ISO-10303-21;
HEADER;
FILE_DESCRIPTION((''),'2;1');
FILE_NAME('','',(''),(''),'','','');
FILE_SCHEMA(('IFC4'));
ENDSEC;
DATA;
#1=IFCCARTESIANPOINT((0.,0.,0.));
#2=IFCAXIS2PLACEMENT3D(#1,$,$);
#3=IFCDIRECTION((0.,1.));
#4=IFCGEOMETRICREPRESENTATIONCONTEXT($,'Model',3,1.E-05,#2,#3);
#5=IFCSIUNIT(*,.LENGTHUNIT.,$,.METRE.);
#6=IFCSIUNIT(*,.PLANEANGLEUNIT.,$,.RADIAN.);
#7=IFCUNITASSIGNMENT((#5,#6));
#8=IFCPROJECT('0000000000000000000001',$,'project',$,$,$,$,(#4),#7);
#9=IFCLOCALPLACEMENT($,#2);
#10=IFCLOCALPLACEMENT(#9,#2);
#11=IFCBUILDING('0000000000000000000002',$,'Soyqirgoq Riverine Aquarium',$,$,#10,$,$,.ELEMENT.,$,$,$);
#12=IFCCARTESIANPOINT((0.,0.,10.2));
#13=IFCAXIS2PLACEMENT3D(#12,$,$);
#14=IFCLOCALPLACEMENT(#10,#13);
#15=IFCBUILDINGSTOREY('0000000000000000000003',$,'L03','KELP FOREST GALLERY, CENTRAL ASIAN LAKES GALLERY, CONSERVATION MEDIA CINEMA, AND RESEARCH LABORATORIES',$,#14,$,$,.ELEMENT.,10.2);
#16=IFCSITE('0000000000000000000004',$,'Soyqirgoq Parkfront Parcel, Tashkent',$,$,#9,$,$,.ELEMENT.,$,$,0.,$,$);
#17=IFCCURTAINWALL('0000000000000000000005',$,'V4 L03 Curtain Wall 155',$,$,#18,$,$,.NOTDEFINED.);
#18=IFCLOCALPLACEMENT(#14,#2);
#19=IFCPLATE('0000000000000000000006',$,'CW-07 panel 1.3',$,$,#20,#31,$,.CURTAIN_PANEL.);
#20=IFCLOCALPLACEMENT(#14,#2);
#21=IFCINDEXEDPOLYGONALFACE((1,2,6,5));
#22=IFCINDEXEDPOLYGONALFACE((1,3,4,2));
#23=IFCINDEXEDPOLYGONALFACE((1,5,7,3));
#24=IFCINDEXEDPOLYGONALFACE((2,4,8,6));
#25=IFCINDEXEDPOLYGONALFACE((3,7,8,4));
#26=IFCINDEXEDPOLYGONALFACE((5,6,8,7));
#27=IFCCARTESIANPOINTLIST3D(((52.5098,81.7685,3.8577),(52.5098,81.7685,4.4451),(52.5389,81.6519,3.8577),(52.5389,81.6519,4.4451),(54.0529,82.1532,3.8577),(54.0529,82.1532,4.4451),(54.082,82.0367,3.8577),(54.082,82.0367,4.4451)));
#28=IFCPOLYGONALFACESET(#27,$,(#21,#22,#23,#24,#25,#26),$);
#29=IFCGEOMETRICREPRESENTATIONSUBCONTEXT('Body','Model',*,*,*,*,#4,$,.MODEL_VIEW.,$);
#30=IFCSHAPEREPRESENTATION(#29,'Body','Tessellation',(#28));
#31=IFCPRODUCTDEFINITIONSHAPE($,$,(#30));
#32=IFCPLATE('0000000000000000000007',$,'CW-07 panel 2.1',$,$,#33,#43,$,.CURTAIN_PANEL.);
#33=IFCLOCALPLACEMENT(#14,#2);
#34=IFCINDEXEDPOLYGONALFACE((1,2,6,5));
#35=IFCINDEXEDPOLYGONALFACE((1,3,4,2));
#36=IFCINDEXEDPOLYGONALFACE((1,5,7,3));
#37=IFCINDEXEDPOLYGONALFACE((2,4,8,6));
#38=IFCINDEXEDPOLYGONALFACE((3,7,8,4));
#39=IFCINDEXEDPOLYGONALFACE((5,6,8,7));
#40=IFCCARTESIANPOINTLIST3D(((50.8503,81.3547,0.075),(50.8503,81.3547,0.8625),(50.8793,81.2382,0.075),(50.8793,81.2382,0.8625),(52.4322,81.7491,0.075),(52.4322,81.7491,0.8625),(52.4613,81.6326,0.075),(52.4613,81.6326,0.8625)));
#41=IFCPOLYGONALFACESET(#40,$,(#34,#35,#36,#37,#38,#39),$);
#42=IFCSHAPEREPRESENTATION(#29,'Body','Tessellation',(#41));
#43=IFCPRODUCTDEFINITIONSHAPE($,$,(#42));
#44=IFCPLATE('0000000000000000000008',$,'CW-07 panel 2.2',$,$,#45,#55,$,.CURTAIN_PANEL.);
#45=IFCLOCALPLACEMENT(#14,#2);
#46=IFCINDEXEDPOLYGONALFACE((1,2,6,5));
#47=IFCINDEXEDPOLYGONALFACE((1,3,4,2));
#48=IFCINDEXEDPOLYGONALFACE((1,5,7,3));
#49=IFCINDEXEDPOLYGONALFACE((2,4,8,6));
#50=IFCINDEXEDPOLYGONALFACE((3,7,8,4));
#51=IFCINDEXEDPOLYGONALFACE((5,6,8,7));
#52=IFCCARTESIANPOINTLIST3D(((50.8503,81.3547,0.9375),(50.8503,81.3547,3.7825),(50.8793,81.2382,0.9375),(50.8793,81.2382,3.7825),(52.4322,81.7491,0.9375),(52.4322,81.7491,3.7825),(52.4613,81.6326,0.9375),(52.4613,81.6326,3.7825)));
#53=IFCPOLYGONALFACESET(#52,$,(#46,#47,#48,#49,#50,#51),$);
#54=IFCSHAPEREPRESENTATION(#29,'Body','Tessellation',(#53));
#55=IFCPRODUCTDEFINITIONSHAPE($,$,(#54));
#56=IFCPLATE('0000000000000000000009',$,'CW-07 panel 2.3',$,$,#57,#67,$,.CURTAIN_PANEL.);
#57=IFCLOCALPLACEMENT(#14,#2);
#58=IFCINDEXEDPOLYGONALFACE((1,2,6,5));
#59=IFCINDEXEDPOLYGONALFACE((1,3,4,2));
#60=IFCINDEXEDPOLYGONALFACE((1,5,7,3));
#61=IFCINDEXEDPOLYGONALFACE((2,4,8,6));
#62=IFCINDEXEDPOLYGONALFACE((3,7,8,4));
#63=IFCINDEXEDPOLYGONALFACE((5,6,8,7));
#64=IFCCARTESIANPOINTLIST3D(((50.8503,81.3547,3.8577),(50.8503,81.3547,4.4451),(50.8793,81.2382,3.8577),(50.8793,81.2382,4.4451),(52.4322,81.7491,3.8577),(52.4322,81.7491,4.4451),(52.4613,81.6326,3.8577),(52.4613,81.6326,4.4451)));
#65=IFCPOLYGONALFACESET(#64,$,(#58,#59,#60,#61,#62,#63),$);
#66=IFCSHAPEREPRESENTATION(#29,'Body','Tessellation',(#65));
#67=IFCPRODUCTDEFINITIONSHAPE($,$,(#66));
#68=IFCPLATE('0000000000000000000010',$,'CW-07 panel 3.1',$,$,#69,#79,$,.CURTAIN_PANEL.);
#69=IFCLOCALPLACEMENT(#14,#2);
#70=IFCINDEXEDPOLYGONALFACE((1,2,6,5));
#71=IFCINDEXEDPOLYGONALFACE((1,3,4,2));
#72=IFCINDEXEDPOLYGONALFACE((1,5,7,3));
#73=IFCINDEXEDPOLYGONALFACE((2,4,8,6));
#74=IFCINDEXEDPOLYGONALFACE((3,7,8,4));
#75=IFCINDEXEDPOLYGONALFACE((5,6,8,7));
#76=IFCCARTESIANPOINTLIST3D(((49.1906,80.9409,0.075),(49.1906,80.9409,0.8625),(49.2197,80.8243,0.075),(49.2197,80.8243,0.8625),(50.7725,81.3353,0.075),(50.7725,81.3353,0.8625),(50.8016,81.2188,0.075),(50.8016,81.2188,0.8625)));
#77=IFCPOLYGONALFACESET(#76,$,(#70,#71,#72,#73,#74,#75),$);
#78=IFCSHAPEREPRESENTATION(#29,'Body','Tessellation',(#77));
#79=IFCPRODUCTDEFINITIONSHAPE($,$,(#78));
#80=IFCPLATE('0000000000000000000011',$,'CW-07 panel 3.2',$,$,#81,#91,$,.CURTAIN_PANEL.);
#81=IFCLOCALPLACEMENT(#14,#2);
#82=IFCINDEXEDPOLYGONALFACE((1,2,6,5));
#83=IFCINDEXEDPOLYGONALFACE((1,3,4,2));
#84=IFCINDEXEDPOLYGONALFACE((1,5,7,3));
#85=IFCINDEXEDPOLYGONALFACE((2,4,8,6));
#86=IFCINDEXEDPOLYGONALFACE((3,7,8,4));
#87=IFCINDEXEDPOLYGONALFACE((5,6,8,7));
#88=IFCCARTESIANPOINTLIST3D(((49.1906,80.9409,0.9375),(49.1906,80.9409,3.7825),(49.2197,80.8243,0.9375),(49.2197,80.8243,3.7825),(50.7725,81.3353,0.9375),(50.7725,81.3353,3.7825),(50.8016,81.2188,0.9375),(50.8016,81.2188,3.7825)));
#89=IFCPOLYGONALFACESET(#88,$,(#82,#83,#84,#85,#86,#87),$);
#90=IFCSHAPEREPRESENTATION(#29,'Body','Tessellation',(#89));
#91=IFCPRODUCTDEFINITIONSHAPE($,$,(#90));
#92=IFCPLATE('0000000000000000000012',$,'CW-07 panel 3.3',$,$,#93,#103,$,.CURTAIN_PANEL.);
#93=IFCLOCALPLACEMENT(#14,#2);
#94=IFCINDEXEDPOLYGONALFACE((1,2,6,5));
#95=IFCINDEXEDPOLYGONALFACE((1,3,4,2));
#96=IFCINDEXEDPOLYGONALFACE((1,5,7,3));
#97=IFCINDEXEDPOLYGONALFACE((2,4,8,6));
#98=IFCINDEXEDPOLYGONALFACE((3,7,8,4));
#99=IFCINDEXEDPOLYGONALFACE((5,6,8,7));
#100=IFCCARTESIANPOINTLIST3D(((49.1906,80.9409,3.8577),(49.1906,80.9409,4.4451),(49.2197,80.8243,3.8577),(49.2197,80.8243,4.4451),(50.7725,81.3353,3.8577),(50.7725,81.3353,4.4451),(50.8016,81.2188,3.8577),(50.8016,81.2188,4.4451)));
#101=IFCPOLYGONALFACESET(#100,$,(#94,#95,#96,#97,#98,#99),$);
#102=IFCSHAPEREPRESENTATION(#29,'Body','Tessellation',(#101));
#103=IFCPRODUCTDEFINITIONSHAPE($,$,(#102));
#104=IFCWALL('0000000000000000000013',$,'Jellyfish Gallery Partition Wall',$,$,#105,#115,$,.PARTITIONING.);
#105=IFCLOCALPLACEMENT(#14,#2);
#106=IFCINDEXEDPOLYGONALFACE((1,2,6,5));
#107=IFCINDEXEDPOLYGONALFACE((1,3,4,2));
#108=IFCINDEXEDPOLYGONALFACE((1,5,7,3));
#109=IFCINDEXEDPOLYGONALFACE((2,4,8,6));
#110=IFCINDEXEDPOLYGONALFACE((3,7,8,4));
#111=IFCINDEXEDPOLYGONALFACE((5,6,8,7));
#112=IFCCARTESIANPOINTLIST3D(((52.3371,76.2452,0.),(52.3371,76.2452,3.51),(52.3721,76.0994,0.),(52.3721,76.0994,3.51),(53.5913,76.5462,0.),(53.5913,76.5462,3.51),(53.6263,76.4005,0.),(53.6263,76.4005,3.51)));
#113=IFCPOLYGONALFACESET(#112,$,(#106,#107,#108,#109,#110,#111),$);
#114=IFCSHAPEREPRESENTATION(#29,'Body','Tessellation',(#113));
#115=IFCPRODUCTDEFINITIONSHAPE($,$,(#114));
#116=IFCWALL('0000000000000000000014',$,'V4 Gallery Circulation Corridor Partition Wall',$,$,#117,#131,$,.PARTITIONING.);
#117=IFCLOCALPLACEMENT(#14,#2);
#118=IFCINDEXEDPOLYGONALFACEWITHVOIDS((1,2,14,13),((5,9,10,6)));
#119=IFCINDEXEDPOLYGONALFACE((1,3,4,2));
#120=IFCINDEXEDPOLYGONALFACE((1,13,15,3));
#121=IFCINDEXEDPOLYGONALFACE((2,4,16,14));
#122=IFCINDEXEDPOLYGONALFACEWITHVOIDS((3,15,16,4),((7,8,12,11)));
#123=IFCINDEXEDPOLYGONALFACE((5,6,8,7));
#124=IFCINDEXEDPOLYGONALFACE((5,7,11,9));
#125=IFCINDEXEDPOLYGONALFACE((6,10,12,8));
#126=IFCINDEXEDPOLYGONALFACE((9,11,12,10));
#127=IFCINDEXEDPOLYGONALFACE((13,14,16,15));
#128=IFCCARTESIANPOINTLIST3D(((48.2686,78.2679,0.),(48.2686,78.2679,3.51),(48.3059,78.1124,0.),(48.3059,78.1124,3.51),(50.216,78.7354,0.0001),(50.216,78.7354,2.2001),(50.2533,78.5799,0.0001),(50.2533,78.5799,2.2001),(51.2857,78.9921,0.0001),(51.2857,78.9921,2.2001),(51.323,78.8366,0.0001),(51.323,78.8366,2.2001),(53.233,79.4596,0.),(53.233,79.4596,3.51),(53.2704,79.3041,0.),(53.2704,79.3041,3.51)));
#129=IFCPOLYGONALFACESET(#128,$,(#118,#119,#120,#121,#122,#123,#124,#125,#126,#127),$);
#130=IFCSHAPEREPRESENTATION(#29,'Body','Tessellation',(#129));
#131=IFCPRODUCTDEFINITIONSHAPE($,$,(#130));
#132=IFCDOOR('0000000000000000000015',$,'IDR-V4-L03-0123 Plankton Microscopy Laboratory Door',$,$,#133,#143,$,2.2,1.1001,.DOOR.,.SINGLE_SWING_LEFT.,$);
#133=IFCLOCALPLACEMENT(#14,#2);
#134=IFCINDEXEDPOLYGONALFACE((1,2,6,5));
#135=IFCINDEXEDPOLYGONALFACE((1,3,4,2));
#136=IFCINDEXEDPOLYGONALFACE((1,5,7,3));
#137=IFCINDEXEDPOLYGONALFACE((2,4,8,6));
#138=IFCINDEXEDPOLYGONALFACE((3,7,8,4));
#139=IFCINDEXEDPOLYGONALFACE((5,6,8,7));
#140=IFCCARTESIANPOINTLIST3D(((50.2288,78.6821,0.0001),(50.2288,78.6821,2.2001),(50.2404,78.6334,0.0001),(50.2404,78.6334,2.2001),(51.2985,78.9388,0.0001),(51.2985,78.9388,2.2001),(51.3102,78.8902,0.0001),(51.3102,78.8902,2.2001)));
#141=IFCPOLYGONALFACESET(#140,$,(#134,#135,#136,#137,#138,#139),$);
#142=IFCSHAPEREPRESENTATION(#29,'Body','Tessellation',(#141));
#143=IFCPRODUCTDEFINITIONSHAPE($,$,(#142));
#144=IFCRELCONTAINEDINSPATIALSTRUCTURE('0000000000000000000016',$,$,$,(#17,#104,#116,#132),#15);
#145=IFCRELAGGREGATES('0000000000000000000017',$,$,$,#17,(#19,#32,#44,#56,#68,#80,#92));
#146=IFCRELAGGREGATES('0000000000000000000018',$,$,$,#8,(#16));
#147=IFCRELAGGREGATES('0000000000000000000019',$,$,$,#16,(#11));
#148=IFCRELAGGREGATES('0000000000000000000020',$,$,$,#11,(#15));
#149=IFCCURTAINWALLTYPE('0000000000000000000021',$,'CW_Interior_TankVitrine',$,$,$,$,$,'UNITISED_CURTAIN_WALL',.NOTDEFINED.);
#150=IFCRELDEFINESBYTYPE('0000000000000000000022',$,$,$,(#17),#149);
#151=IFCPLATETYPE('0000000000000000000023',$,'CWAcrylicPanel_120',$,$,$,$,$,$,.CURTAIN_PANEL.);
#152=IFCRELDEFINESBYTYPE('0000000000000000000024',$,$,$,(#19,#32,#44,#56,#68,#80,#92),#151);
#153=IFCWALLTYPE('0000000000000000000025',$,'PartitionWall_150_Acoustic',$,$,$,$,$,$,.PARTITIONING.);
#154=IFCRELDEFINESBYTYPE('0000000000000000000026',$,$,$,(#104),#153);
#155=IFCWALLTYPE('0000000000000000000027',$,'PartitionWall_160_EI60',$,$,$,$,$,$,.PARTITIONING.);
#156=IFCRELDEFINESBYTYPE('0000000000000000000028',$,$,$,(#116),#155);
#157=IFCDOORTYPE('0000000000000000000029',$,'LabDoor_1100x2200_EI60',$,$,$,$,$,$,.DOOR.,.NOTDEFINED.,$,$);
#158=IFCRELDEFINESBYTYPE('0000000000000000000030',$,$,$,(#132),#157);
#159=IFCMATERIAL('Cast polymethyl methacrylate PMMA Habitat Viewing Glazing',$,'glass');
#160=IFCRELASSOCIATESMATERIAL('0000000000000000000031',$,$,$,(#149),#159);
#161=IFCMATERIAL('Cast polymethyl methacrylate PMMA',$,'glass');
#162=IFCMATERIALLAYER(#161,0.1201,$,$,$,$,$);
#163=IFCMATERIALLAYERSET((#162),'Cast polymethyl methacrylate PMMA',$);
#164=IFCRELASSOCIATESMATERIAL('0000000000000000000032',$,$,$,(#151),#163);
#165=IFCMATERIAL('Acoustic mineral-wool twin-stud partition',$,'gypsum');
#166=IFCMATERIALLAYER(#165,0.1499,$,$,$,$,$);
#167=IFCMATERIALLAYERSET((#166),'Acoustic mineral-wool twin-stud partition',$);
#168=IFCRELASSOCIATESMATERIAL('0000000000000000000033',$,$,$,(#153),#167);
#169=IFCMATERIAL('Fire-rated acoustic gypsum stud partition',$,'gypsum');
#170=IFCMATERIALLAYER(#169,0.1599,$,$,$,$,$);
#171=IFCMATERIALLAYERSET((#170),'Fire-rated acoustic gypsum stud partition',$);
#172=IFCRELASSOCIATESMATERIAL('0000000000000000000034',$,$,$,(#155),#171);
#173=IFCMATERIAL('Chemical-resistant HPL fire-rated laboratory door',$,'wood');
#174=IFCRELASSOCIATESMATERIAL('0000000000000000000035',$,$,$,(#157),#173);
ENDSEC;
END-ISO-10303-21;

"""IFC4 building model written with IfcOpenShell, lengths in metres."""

from ifc_helpers import new_model, si_unit, direction, frame, frame_2d, origin, origin_2d, place, context, subcontext, project, spatial, rectangle, extrude, material, layer, layer_set, type_object, element, fill, aggregate, save


model = new_model("IFC4")

# Units and contexts
model_context = context("Model", 3, precision=1e-05, world=origin(), true_north=direction((0.0, 1.0)))
body_context = subcontext(model_context, "Body", "Model", "MODEL_VIEW")
ifc_project = project(units=[si_unit("LENGTHUNIT", "METRE"), si_unit("PLANEANGLEUNIT", "RADIAN")], contexts=[model_context])

# Site, building, storey
site_placement = place(None, origin())
site = spatial("IfcSite", under=ifc_project, at=site_placement, Name="Soyqirgoq Parkfront Parcel, Tashkent", CompositionType="ELEMENT", RefElevation=0.0)
building_placement = place(site_placement, origin())
building = spatial("IfcBuilding", under=site, at=building_placement, Name="Soyqirgoq Riverine Aquarium", CompositionType="ELEMENT")
storey_placement = place(building_placement, frame((0.0, 0.0, 10.2)))
storey = spatial("IfcBuildingStorey", under=building, at=storey_placement, Name="L03", Description="KELP FOREST GALLERY, CENTRAL ASIAN LAKES GALLERY, CONSERVATION MEDIA CINEMA, AND RESEARCH LABORATORIES", CompositionType="ELEMENT", Elevation=10.2)

# Curtain wall
ifc_material_1 = material(Name="Cast polymethyl methacrylate PMMA Habitat Viewing Glazing", Category="glass")
curtain_wall_type = type_object("IfcCurtainWallType", Name="CW_Interior_TankVitrine", ElementType="UNITISED_CURTAIN_WALL", PredefinedType="NOTDEFINED", material=ifc_material_1)
curtain_wall_placement = place(storey_placement, origin())
curtain_wall = element("IfcCurtainWall", 1, at=curtain_wall_placement, inside=storey, type_object=curtain_wall_type, Name="V4 L03 Curtain Wall 155", PredefinedType="NOTDEFINED")

# Plates
ifc_material_2 = material(Name="Cast polymethyl methacrylate PMMA", Category="glass")
ifc_layer_1 = layer(ifc_material_2, 0.1201)
ifc_layer_set_1 = layer_set([ifc_layer_1], Name="Cast polymethyl methacrylate PMMA")
plate_type = type_object("IfcPlateType", Name="CWAcrylicPanel_120", PredefinedType="CURTAIN_PANEL", material=ifc_layer_set_1)
plate_1_placement = place(storey_placement, frame((53.2959, 81.9026, 3.8577), z_axis=(0.0, 0.0, 1.0), x_axis=(-0.970296, -0.241922, 0.0)))
plate_1 = element("IfcPlate", 2, at=plate_1_placement, type_object=plate_type, Name="CW-07 panel 1.3", PredefinedType="CURTAIN_PANEL", context=body_context, shape_type="SweptSolid", body=[
    extrude(rectangle(XDim=1.5903, YDim=0.1201, at=origin_2d()), origin(), (0.0, 0.0, 1.0), 0.5874),
])
plate_2_placement = place(storey_placement, frame((51.6558, 81.4937, 0.075), z_axis=(0.0, 0.0, 1.0), x_axis=(-0.970296, -0.241922, 0.0)))
plate_2 = element("IfcPlate", 3, at=plate_2_placement, type_object=plate_type, Name="CW-07 panel 2.1", PredefinedType="CURTAIN_PANEL", context=body_context, shape_type="SweptSolid", body=[
    extrude(rectangle(XDim=1.6304, YDim=0.1201, at=origin_2d()), origin(), (0.0, 0.0, 1.0), 0.7876),
])
plate_3_placement = place(storey_placement, frame((51.6558, 81.4937, 0.9375), z_axis=(0.0, 0.0, 1.0), x_axis=(-0.970296, -0.241922, 0.0)))
plate_3 = element("IfcPlate", 4, at=plate_3_placement, type_object=plate_type, Name="CW-07 panel 2.2", PredefinedType="CURTAIN_PANEL", context=body_context, shape_type="SweptSolid", body=[
    extrude(rectangle(XDim=1.6304, YDim=0.1201, at=origin_2d()), origin(), (0.0, 0.0, 1.0), 2.845),
])
plate_4_placement = place(storey_placement, frame((51.6558, 81.4937, 3.8577), z_axis=(0.0, 0.0, 1.0), x_axis=(-0.970296, -0.241922, 0.0)))
plate_4 = element("IfcPlate", 5, at=plate_4_placement, type_object=plate_type, Name="CW-07 panel 2.3", PredefinedType="CURTAIN_PANEL", context=body_context, shape_type="SweptSolid", body=[
    extrude(rectangle(XDim=1.6304, YDim=0.1201, at=origin_2d()), origin(), (0.0, 0.0, 1.0), 0.5874),
])
plate_5_placement = place(storey_placement, frame((49.9961, 81.0798, 0.075), z_axis=(0.0, 0.0, 1.0), x_axis=(-0.970296, -0.241922, 0.0)))
plate_5 = element("IfcPlate", 6, at=plate_5_placement, type_object=plate_type, Name="CW-07 panel 3.1", PredefinedType="CURTAIN_PANEL", context=body_context, shape_type="SweptSolid", body=[
    extrude(rectangle(XDim=1.6304, YDim=0.1201, at=origin_2d()), origin(), (0.0, 0.0, 1.0), 0.7876),
])
plate_6_placement = place(storey_placement, frame((49.9961, 81.0798, 0.9375), z_axis=(0.0, 0.0, 1.0), x_axis=(-0.970296, -0.241922, 0.0)))
plate_6 = element("IfcPlate", 7, at=plate_6_placement, type_object=plate_type, Name="CW-07 panel 3.2", PredefinedType="CURTAIN_PANEL", context=body_context, shape_type="SweptSolid", body=[
    extrude(rectangle(XDim=1.6304, YDim=0.1201, at=origin_2d()), origin(), (0.0, 0.0, 1.0), 2.845),
])
plate_7_placement = place(storey_placement, frame((49.9961, 81.0798, 3.8577), z_axis=(0.0, 0.0, 1.0), x_axis=(-0.970296, -0.241922, 0.0)))
plate_7 = element("IfcPlate", 8, at=plate_7_placement, type_object=plate_type, Name="CW-07 panel 3.3", PredefinedType="CURTAIN_PANEL", context=body_context, shape_type="SweptSolid", body=[
    extrude(rectangle(XDim=1.6304, YDim=0.1201, at=origin_2d()), origin(), (0.0, 0.0, 1.0), 0.5874),
])
aggregate(curtain_wall, [plate_1, plate_2, plate_3, plate_4, plate_5, plate_6, plate_7])

# Wall
ifc_material_3 = material(Name="Acoustic mineral-wool twin-stud partition", Category="gypsum")
ifc_layer_2 = layer(ifc_material_3, 0.1499)
ifc_layer_set_2 = layer_set([ifc_layer_2], Name="Acoustic mineral-wool twin-stud partition")
wall_type_1 = type_object("IfcWallType", Name="PartitionWall_150_Acoustic", PredefinedType="PARTITIONING", material=ifc_layer_set_2)
wall_1_placement = place(storey_placement, frame((53.6089, 76.4734, 0.0), z_axis=(0.0, 0.0, 1.0), x_axis=(-0.972382, -0.233394, 0.0)))
element("IfcWall", 9, at=wall_1_placement, inside=storey, type_object=wall_type_1, Name="Jellyfish Gallery Partition Wall", PredefinedType="PARTITIONING", context=body_context, shape_type="SweptSolid", body=[
    extrude(rectangle(XDim=1.2898, YDim=0.1499, at=frame_2d((0.645, 0.0))), origin(), (0.0, 0.0, 1.0), 3.51),
])

# Wall, opening, door
ifc_material_4 = material(Name="Fire-rated acoustic gypsum stud partition", Category="gypsum")
ifc_layer_3 = layer(ifc_material_4, 0.1599)
ifc_layer_set_3 = layer_set([ifc_layer_3], Name="Fire-rated acoustic gypsum stud partition")
wall_type_2 = type_object("IfcWallType", Name="PartitionWall_160_EI60", PredefinedType="PARTITIONING", material=ifc_layer_set_3)
wall_2_placement = place(storey_placement, frame((53.2517, 79.3818, 0.0), z_axis=(0.0, 0.0, 1.0), x_axis=(-0.972378, -0.233411, 0.0)))
wall_2 = element("IfcWall", 10, at=wall_2_placement, inside=storey, type_object=wall_type_2, Name="V4 Gallery Circulation Corridor Partition Wall", PredefinedType="PARTITIONING", context=body_context, shape_type="SweptSolid", body=[
    extrude(rectangle(XDim=5.1055, YDim=0.1599, at=frame_2d((2.5527, 0.0))), origin(), (0.0, 0.0, 1.0), 3.51),
])
opening_placement = place(wall_2_placement, frame((2.0027, 0.0, 0.0)))
opening = element("IfcOpeningElement", 11, at=opening_placement, cuts=wall_2, PredefinedType="OPENING", context=body_context, shape_type="SweptSolid", body=[
    extrude(rectangle(XDim=1.1001, YDim=2.2, at=frame_2d((0.55, 1.1001))), frame((0.0, 0.0898, 0.0), z_axis=(0.0, -1.0, 0.0), x_axis=(1.0, 0.0, 0.0)), (0.0, 0.0, 1.0), 0.1799),
])
ifc_material_5 = material(Name="Chemical-resistant HPL fire-rated laboratory door", Category="wood")
door_type = type_object("IfcDoorType", Name="LabDoor_1100x2200_EI60", OperationType="NOTDEFINED", PredefinedType="DOOR", material=ifc_material_5)
door_placement = place(opening_placement, origin())
door = element("IfcDoor", 12, at=door_placement, inside=storey, type_object=door_type, Name="IDR-V4-L03-0123 Plankton Microscopy Laboratory Door", OperationType="SINGLE_SWING_LEFT", OverallHeight=2.2, OverallWidth=1.1001, PredefinedType="DOOR", context=body_context, shape_type="SweptSolid", body=[
    extrude(rectangle(XDim=1.1001, YDim=2.2, at=frame_2d((0.55, 1.1001))), frame((0.0, 0.0249, 0.0), z_axis=(0.0, -1.0, 0.0), x_axis=(1.0, 0.0, 0.0)), (0.0, 0.0, 1.0), 0.05),
])
fill(opening, door)

save(model, "model.ifc")
